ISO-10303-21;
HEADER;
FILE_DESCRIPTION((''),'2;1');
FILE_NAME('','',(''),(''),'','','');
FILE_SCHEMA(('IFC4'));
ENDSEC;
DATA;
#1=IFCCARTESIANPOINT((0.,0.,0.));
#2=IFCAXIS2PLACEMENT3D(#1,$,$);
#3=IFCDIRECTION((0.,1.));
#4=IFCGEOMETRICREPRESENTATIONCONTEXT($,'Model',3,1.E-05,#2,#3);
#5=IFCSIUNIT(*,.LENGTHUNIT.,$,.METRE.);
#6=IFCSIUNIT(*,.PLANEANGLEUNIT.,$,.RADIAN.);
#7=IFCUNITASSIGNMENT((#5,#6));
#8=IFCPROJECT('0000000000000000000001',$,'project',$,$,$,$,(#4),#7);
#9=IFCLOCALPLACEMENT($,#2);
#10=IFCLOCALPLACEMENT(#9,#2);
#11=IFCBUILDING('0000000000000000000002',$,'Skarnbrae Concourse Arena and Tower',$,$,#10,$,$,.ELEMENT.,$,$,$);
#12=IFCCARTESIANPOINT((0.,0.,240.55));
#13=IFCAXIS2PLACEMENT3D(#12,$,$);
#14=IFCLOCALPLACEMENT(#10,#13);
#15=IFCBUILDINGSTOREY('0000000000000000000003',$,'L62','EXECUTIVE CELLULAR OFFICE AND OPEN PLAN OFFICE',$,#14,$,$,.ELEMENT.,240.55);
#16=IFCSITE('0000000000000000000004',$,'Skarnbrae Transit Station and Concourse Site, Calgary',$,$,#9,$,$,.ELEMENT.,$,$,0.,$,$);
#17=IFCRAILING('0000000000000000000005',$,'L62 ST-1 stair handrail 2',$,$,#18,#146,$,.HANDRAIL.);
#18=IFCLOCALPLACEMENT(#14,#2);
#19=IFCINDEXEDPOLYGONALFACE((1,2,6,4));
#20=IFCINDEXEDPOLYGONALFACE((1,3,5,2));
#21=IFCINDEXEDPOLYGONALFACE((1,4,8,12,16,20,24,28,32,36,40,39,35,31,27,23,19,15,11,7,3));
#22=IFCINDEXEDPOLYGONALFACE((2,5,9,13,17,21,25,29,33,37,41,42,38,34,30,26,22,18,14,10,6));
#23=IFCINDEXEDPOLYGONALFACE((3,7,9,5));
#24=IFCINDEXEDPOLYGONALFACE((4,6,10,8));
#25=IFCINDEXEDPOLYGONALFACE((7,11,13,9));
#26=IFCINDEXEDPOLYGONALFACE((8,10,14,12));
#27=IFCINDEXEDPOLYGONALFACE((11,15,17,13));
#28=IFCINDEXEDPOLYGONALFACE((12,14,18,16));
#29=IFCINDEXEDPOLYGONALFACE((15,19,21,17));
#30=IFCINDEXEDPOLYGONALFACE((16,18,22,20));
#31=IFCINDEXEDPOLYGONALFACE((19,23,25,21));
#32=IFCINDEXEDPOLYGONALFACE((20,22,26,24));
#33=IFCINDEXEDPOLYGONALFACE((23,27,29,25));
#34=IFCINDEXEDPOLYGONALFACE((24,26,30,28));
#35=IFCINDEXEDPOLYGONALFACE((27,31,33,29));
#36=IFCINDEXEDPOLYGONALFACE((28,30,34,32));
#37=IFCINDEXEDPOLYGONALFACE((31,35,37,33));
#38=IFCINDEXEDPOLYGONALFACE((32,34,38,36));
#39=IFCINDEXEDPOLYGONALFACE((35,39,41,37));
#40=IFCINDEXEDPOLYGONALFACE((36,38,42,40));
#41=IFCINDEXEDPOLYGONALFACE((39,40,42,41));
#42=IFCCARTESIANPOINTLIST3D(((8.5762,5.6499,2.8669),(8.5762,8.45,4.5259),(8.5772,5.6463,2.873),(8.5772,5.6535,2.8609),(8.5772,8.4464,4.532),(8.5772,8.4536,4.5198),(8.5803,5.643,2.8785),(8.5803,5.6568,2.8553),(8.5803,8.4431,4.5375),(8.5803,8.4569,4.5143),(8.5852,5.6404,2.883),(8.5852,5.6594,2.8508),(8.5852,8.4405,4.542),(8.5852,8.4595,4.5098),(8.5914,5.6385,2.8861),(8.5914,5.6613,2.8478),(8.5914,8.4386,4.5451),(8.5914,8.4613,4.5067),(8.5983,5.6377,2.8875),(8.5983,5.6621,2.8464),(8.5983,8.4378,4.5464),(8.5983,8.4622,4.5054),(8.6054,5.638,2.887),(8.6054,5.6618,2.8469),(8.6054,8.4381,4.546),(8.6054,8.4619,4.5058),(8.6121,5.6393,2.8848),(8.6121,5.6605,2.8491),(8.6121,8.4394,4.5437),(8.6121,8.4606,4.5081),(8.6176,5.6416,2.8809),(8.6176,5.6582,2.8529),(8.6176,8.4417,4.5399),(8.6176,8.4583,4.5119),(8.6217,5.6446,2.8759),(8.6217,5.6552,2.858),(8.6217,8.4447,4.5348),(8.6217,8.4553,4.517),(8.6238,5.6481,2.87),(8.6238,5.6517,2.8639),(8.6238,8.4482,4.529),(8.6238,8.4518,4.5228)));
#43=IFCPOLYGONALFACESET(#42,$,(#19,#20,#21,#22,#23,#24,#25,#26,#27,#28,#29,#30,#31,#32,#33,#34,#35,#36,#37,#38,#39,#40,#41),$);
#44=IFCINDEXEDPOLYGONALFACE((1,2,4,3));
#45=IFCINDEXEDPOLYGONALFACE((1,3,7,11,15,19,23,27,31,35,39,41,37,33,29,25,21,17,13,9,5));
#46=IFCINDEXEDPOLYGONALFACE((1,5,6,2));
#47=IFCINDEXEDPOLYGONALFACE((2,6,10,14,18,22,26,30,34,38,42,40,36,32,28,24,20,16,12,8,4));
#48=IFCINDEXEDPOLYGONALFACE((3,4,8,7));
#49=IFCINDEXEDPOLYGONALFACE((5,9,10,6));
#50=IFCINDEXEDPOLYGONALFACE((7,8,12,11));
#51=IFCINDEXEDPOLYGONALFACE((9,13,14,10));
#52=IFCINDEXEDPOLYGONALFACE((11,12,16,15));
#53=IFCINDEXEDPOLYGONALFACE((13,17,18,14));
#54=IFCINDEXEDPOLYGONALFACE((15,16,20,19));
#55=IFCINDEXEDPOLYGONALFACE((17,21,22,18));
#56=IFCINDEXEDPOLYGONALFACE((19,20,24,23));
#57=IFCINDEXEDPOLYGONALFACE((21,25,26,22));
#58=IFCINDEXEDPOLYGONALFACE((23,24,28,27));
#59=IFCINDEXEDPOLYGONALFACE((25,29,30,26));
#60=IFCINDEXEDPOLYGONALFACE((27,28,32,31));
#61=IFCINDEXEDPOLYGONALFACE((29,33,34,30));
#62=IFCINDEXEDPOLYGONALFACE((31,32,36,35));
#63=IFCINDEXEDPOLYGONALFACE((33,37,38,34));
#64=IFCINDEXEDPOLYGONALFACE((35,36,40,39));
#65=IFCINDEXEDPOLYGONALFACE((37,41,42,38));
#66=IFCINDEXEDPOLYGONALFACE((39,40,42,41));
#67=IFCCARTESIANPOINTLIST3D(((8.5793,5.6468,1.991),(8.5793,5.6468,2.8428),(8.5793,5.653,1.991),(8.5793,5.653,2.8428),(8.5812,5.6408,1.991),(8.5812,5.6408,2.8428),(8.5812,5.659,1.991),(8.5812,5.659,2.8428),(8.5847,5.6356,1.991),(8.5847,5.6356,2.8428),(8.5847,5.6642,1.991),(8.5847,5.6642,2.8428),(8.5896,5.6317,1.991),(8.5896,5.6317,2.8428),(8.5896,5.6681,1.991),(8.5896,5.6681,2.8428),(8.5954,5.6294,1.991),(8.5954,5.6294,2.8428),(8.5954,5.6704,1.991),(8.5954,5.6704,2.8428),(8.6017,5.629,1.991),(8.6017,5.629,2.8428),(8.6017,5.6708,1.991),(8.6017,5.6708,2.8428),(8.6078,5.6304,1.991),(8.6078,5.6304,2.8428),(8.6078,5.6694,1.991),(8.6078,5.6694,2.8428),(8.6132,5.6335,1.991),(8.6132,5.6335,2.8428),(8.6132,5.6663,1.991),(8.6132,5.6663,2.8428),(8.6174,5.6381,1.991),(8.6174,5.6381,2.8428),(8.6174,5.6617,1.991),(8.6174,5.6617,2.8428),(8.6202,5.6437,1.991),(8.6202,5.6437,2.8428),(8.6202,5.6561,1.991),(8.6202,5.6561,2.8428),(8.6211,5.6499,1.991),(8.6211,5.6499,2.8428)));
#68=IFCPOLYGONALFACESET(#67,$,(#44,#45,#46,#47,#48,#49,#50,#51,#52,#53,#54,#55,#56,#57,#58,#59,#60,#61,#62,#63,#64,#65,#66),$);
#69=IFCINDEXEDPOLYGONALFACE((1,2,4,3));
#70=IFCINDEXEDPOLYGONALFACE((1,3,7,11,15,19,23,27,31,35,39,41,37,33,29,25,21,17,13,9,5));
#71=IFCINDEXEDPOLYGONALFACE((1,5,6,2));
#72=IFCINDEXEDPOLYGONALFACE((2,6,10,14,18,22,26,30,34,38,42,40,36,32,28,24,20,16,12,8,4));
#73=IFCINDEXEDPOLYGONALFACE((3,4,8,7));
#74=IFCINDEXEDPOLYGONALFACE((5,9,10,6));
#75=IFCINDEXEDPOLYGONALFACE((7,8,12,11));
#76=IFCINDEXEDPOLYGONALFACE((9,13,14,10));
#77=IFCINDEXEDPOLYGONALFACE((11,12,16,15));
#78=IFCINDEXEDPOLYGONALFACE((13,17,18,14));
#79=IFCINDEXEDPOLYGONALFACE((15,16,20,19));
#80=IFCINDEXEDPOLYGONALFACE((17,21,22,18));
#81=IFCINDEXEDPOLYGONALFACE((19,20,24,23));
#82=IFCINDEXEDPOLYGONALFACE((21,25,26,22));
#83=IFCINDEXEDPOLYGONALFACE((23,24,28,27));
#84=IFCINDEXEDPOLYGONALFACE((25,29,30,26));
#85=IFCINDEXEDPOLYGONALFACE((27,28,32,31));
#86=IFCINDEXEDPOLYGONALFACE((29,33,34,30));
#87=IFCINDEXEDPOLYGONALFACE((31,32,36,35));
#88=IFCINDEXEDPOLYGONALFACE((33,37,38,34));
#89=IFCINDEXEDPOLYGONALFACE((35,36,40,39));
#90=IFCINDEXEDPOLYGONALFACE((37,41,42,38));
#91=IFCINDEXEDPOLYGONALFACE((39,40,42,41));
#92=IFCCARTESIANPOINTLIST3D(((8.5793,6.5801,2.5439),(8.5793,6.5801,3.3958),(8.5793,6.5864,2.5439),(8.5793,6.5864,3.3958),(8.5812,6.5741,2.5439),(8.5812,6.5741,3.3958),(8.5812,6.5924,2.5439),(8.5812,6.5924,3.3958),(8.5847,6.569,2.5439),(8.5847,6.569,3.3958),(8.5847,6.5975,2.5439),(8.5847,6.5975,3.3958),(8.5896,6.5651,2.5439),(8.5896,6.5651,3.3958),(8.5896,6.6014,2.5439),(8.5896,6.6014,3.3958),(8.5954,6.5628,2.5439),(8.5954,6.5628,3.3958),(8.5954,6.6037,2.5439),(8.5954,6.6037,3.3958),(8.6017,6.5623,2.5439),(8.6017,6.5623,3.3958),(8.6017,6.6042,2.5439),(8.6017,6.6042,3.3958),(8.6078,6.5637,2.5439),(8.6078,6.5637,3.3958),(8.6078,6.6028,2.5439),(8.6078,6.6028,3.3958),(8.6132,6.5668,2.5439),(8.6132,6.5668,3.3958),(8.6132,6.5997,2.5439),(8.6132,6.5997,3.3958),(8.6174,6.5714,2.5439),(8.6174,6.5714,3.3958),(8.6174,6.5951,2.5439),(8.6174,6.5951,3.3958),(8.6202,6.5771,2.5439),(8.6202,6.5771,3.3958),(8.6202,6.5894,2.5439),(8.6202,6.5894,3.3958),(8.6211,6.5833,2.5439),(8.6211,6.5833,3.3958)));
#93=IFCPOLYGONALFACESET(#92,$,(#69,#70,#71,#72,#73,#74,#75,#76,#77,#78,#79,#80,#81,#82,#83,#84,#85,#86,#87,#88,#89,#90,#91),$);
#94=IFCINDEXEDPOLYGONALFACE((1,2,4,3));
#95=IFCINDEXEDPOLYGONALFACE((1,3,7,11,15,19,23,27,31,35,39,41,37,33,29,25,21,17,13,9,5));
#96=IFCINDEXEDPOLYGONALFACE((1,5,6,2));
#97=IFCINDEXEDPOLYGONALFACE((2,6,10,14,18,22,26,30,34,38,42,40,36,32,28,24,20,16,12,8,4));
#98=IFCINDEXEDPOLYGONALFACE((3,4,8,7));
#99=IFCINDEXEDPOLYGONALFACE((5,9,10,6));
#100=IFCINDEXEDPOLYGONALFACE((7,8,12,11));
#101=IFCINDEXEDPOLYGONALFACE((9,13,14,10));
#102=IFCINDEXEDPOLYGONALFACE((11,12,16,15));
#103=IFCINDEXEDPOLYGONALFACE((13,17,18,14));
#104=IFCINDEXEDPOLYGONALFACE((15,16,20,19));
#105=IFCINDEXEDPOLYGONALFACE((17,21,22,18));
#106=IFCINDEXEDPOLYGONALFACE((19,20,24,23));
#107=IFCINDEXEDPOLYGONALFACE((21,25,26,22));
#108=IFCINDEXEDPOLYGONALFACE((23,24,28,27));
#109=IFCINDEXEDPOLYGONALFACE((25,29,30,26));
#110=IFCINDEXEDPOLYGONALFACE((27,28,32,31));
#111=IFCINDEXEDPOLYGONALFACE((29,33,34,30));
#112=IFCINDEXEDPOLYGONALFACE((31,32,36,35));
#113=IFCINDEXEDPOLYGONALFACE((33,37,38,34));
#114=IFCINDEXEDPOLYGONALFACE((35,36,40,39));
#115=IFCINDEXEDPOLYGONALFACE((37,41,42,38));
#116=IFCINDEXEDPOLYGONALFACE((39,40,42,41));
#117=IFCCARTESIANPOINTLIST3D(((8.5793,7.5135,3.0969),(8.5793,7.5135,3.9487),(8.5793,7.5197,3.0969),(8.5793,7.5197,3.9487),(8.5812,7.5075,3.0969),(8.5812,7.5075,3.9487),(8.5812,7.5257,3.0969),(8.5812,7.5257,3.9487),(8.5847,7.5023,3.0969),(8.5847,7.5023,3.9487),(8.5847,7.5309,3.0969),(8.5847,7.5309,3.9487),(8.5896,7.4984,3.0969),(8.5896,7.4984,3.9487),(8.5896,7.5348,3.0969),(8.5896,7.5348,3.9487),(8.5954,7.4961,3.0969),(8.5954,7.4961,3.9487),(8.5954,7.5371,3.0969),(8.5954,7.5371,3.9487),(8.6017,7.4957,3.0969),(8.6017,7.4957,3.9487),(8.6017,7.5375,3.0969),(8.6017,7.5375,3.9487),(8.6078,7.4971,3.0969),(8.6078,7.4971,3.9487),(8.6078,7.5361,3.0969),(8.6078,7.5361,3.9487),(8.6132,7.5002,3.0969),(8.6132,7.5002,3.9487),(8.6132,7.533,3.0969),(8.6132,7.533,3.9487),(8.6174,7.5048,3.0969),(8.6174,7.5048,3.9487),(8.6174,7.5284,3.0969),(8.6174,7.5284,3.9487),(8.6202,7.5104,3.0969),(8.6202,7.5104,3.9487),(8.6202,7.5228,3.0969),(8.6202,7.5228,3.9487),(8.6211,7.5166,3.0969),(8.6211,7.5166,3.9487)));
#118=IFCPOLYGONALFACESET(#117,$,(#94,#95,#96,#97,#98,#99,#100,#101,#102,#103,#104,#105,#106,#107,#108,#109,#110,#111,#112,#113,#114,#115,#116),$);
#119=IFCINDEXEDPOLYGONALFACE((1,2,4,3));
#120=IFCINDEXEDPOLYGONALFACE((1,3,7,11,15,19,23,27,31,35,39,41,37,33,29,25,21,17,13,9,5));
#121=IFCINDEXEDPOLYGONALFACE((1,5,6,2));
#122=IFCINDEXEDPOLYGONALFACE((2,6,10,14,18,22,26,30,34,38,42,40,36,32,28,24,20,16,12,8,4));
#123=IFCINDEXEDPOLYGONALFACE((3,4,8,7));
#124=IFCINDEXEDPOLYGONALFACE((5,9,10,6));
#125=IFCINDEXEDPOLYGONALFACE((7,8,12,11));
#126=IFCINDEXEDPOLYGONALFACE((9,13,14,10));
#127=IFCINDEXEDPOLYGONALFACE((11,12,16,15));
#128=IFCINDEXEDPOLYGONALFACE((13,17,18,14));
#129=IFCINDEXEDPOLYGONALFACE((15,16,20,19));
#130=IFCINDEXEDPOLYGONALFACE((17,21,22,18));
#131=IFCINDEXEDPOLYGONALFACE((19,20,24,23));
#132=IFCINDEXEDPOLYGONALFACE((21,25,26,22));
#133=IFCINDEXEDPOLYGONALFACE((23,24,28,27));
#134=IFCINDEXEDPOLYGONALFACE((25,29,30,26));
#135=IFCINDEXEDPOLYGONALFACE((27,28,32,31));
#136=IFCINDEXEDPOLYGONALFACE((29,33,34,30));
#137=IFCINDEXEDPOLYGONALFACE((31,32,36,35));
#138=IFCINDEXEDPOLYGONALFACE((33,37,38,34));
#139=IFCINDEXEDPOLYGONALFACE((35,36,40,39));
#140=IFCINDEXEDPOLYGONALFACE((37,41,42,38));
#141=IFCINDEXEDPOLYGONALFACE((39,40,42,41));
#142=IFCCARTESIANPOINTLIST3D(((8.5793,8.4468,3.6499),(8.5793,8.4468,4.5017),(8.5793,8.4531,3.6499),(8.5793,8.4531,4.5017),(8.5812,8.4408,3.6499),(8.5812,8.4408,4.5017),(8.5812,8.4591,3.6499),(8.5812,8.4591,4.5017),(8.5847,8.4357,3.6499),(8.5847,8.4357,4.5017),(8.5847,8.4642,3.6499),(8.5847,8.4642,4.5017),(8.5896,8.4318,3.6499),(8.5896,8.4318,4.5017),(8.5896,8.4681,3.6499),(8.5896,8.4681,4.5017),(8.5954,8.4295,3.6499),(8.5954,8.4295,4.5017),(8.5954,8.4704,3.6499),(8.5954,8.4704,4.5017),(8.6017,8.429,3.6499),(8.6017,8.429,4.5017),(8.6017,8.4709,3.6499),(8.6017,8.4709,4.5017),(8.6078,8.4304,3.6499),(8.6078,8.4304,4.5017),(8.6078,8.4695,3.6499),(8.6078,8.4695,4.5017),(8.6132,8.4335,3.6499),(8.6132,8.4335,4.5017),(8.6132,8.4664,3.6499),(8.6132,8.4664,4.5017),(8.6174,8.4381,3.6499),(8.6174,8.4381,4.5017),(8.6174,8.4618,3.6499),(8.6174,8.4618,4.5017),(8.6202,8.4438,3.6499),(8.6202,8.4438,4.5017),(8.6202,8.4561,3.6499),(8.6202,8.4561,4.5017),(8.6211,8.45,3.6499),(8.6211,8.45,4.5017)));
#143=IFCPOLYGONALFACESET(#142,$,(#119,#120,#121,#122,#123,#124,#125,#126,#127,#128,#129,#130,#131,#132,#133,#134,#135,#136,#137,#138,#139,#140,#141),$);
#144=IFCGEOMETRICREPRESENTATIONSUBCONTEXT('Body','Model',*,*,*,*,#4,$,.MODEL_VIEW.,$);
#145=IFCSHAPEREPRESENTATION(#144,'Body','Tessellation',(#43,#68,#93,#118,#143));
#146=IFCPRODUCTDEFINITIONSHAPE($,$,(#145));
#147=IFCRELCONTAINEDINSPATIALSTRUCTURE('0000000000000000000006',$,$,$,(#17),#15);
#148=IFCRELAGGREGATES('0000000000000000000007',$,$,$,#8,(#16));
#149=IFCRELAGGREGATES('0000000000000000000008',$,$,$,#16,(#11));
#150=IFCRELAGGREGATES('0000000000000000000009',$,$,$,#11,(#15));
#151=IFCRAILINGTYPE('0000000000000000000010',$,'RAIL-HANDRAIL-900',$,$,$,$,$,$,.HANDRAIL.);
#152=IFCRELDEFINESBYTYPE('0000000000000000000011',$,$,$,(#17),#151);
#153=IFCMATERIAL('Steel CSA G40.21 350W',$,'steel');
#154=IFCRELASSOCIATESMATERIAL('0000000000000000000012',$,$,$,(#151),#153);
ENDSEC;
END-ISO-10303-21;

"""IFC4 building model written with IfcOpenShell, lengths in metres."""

from ifc_helpers import new_model, si_unit, direction, frame, origin, origin_2d, place, context, subcontext, project, spatial, circle, extrude, material, type_object, element, save


model = new_model("IFC4")

# Units and contexts
model_context = context("Model", 3, precision=1e-05, world=origin(), true_north=direction((0.0, 1.0)))
body_context = subcontext(model_context, "Body", "Model", "MODEL_VIEW")
ifc_project = project(units=[si_unit("LENGTHUNIT", "METRE"), si_unit("PLANEANGLEUNIT", "RADIAN")], contexts=[model_context])

# Site, building, storey
site_placement = place(None, origin())
site = spatial("IfcSite", under=ifc_project, at=site_placement, Name="Skarnbrae Transit Station and Concourse Site, Calgary", CompositionType="ELEMENT", RefElevation=0.0)
building_placement = place(site_placement, origin())
building = spatial("IfcBuilding", under=site, at=building_placement, Name="Skarnbrae Concourse Arena and Tower", CompositionType="ELEMENT")
storey_placement = place(building_placement, frame((0.0, 0.0, 240.55)))
storey = spatial("IfcBuildingStorey", under=building, at=storey_placement, Name="L62", Description="EXECUTIVE CELLULAR OFFICE AND OPEN PLAN OFFICE", CompositionType="ELEMENT", Elevation=240.55)

# Shared definitions
ifc_material_1 = material(Name="Steel CSA G40.21 350W", Category="steel")

# Railing
railing_type_1 = type_object("IfcRailingType", Name="RAIL-HANDRAIL-900", PredefinedType="HANDRAIL", material=ifc_material_1)
railing_1_placement = place(storey_placement, frame((8.6001, 5.6499, 1.991)))
element("IfcRailing", 1, at=railing_1_placement, inside=storey, type_object=railing_type_1, Name="L62 ST-1 stair handrail 2", PredefinedType="HANDRAIL", context=body_context, shape_type="SweptSolid", body=[
    extrude(circle(Radius=0.0239, at=origin_2d()), frame((0.0, 0.0, 0.876), z_axis=(0.0, 0.860339, 0.509722), x_axis=(-1.0, 0.0, 0.0)), (0.0, 0.0, 1.0), 3.2546),
    extrude(circle(Radius=0.021, at=origin_2d()), origin(), (0.0, 0.0, 1.0), 0.8518),
    extrude(circle(Radius=0.021, at=origin_2d()), frame((0.0, 0.9333, 0.553)), (0.0, 0.0, 1.0), 0.8518),
    extrude(circle(Radius=0.021, at=origin_2d()), frame((0.0, 1.8667, 1.106)), (0.0, 0.0, 1.0), 0.8518),
    extrude(circle(Radius=0.021, at=origin_2d()), frame((0.0, 2.8, 1.6589)), (0.0, 0.0, 1.0), 0.8518),
])

save(model, "model.ifc")
